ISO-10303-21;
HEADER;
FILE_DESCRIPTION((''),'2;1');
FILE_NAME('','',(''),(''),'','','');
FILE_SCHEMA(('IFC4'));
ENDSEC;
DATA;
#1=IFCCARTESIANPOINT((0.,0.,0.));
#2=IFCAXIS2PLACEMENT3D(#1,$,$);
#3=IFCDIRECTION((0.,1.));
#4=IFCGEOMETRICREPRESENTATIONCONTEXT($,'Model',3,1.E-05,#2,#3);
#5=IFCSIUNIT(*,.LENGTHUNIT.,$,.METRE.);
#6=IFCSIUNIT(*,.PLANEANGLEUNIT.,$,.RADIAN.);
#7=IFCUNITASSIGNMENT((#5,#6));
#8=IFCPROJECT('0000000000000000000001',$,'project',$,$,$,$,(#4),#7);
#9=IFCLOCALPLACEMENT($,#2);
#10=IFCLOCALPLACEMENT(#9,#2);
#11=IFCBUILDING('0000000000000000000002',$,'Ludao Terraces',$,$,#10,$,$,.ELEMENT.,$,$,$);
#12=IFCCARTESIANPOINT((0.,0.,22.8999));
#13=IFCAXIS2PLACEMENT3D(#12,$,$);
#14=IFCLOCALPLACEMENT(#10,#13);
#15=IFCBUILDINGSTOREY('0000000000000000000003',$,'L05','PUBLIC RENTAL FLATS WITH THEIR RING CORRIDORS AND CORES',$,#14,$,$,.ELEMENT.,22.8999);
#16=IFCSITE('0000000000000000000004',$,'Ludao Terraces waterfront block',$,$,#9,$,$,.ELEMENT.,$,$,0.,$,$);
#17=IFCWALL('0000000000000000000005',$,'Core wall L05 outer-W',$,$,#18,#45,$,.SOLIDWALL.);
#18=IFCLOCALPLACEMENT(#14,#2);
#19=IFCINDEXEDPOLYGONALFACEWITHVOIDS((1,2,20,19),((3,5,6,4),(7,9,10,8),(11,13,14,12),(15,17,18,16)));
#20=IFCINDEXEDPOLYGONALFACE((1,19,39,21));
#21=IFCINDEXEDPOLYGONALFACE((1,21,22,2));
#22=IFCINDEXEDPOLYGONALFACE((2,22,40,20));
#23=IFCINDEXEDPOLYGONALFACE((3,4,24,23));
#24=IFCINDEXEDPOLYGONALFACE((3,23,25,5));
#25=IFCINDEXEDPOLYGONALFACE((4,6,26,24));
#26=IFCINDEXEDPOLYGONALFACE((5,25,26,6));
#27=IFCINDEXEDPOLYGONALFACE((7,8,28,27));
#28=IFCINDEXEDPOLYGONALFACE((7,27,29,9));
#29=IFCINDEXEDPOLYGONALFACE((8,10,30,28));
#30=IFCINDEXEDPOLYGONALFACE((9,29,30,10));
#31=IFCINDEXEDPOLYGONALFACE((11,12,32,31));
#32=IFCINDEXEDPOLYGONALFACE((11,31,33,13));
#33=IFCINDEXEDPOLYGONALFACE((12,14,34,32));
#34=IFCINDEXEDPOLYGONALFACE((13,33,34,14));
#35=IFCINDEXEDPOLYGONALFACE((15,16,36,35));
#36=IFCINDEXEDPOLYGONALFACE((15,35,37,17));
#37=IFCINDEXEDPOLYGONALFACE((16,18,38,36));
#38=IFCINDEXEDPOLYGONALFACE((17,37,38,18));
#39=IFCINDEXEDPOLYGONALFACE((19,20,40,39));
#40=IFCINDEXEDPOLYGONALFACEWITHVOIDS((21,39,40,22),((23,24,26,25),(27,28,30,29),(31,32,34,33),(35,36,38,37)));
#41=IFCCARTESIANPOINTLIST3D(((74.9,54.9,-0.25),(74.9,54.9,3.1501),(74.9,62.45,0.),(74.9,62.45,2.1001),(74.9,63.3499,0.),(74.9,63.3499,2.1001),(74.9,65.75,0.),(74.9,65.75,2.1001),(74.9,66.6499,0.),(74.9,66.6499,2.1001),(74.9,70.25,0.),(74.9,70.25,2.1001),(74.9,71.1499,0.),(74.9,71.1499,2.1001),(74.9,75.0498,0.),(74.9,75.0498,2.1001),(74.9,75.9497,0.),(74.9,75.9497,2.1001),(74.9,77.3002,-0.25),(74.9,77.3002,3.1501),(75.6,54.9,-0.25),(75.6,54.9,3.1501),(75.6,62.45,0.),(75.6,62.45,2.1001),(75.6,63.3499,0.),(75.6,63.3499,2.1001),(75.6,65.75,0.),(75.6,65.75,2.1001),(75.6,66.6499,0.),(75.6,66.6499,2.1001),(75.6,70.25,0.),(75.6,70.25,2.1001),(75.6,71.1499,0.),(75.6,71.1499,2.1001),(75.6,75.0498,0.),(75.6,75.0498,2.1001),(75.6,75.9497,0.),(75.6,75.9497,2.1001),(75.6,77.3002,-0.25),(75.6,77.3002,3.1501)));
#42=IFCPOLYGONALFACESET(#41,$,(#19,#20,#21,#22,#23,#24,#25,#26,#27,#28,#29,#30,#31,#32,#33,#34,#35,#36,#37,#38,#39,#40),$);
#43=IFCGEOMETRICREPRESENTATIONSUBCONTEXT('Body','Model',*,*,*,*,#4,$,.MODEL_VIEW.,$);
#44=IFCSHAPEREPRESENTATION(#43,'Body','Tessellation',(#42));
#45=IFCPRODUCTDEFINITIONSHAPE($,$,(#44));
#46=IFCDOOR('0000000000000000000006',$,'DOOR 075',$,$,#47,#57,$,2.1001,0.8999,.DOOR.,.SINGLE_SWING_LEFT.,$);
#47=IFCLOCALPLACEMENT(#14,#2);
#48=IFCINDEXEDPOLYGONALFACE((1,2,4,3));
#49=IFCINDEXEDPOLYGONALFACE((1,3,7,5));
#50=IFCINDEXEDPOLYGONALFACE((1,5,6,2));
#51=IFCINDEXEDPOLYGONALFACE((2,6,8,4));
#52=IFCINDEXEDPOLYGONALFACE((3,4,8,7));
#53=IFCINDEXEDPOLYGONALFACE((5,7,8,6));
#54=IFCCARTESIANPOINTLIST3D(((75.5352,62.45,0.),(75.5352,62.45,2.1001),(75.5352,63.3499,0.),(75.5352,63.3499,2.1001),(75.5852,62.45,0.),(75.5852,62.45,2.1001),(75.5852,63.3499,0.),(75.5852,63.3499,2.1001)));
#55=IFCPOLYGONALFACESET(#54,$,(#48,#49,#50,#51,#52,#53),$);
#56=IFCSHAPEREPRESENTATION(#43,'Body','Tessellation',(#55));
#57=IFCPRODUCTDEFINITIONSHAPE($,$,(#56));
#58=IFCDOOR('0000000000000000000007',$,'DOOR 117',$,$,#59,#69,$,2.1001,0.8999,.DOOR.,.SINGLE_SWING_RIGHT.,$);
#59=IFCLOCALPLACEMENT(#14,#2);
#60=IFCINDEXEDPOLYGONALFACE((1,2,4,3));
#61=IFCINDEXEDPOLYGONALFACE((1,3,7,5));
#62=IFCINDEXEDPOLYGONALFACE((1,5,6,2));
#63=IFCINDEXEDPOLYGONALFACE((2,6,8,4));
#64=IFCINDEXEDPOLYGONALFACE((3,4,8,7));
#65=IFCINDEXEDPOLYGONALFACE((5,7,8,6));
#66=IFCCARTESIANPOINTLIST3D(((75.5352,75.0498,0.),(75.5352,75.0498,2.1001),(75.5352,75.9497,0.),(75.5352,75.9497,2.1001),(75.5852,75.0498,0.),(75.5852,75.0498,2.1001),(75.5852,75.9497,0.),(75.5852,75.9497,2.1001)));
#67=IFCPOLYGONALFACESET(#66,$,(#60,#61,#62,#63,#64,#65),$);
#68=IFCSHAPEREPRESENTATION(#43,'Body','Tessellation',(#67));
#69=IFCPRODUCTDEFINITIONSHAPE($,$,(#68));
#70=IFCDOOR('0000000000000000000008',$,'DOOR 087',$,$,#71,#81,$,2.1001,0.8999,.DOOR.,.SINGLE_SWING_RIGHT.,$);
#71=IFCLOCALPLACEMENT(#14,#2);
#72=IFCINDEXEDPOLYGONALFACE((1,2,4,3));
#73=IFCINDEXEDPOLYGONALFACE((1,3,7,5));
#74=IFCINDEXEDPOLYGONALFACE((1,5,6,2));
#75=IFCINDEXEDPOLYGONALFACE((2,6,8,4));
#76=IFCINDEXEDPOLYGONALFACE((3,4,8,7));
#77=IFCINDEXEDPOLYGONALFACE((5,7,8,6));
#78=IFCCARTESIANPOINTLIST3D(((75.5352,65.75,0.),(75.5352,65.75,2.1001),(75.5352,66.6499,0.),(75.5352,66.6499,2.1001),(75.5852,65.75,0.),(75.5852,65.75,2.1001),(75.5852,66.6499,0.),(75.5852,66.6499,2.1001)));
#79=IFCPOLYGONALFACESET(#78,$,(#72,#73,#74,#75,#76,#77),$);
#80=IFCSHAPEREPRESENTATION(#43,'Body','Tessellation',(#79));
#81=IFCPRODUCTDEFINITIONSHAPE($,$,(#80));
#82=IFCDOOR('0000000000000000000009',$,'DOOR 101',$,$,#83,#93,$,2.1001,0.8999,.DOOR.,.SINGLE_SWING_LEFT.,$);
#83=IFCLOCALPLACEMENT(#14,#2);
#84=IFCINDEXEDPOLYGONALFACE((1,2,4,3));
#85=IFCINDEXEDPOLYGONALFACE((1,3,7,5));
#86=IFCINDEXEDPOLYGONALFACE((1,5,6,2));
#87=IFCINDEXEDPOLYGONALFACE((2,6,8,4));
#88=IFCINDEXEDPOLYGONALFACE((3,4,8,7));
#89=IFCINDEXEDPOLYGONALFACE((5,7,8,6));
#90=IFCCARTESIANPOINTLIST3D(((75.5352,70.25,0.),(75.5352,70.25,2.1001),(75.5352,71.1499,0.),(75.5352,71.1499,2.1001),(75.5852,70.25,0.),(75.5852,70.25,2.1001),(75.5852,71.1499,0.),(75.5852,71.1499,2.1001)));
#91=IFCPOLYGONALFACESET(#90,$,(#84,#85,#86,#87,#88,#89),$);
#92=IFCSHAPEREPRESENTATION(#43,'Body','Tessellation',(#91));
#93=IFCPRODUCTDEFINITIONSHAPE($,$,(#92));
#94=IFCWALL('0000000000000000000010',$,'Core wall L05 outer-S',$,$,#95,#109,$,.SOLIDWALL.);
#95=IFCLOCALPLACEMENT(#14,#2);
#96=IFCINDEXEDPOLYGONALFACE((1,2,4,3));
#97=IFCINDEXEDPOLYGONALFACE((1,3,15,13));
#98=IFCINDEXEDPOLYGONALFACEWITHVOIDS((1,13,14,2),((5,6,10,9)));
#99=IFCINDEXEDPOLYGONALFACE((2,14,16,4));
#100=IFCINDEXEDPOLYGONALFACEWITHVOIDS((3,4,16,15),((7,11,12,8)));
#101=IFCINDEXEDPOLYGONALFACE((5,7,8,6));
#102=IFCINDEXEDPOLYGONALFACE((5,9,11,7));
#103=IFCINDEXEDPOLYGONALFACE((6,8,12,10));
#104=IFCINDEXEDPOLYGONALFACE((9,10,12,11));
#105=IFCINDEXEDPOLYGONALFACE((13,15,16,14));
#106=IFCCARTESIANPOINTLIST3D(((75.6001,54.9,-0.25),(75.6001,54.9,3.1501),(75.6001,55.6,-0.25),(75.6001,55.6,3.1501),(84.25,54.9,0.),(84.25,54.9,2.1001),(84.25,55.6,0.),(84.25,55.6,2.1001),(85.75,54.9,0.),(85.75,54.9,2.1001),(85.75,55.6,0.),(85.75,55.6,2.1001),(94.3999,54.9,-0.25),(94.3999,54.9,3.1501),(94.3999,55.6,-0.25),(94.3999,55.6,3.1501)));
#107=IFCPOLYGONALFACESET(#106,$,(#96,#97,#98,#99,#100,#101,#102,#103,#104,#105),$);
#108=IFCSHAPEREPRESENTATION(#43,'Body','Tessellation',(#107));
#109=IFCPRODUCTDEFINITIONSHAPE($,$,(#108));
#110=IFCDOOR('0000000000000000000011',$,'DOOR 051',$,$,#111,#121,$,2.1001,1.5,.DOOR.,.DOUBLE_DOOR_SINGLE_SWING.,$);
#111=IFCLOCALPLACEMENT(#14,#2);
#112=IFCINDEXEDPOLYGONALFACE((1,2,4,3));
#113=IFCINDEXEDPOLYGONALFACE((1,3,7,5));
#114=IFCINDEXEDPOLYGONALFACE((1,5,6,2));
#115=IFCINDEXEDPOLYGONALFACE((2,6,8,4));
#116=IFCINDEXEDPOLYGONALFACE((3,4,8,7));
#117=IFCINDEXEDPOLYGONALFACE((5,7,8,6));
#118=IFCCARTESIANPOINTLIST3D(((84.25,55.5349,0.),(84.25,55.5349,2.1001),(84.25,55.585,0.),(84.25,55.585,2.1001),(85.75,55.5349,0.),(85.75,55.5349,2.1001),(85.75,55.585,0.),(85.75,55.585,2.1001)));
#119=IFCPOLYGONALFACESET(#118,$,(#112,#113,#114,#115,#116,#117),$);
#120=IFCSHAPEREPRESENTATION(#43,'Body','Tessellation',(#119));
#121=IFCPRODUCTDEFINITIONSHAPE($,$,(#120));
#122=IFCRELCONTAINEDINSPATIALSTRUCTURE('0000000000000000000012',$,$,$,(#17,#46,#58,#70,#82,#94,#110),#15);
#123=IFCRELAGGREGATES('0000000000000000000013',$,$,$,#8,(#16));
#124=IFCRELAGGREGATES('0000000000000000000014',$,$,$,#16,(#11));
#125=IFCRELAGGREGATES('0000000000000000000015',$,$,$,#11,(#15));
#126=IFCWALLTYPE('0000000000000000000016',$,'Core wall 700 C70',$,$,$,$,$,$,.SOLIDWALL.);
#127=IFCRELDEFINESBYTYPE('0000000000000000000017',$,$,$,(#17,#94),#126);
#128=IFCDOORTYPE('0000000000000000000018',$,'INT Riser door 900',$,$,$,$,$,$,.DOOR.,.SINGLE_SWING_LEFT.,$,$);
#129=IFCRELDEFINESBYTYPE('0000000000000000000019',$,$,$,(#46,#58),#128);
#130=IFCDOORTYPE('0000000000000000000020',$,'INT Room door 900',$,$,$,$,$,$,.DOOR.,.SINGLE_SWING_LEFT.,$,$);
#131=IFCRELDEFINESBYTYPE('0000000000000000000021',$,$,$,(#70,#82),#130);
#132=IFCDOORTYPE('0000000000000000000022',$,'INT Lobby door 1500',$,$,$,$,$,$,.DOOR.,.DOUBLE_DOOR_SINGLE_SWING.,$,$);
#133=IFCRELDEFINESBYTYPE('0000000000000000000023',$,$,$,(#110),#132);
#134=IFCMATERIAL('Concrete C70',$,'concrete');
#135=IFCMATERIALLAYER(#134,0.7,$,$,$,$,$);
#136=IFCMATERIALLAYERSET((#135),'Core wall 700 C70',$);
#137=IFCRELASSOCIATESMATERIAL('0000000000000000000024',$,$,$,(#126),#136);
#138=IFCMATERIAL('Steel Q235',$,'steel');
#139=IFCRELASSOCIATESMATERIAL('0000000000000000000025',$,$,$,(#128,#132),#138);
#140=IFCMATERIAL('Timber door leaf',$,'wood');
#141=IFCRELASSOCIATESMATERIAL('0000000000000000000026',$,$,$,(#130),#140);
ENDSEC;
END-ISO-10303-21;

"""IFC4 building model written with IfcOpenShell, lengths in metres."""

from ifc_helpers import new_model, si_unit, direction, frame, frame_2d, origin, place, context, subcontext, project, spatial, rectangle, extrude, material, layer, layer_set, type_object, element, fill, save


model = new_model("IFC4")

# Units and contexts
model_context = context("Model", 3, precision=1e-05, world=origin(), true_north=direction((0.0, 1.0)))
body_context = subcontext(model_context, "Body", "Model", "MODEL_VIEW")
ifc_project = project(units=[si_unit("LENGTHUNIT", "METRE"), si_unit("PLANEANGLEUNIT", "RADIAN")], contexts=[model_context])

# Site, building, storey
site_placement = place(None, origin())
site = spatial("IfcSite", under=ifc_project, at=site_placement, Name="Ludao Terraces waterfront block", CompositionType="ELEMENT", RefElevation=0.0)
building_placement = place(site_placement, origin())
building = spatial("IfcBuilding", under=site, at=building_placement, Name="Ludao Terraces", CompositionType="ELEMENT")
storey_placement = place(building_placement, frame((0.0, 0.0, 22.8999)))
storey = spatial("IfcBuildingStorey", under=building, at=storey_placement, Name="L05", Description="PUBLIC RENTAL FLATS WITH THEIR RING CORRIDORS AND CORES", CompositionType="ELEMENT", Elevation=22.8999)

# Wall, openings, doors
ifc_material_1 = material(Name="Concrete C70", Category="concrete")
ifc_layer_1 = layer(ifc_material_1, 0.7)
ifc_layer_set_1 = layer_set([ifc_layer_1], Name="Core wall 700 C70")
wall_type_1 = type_object("IfcWallType", Name="Core wall 700 C70", PredefinedType="SOLIDWALL", material=ifc_layer_set_1)
wall_1_placement = place(storey_placement, frame((75.25, 54.8999, -0.25), z_axis=(0.0, 0.0, 1.0), x_axis=(0.0, 1.0, 0.0)))
wall_1 = element("IfcWall", 1, at=wall_1_placement, inside=storey, type_object=wall_type_1, Name="Core wall L05 outer-W", PredefinedType="SOLIDWALL", context=body_context, shape_type="SweptSolid", body=[
    extrude(rectangle(XDim=22.4001, YDim=0.7, at=frame_2d((11.2002, 0.0))), origin(), (0.0, 0.0, 1.0), 3.4001),
])
opening_1_placement = place(wall_1_placement, frame((7.55, 0.0, 0.25)))
opening_1 = element("IfcOpeningElement", 2, at=opening_1_placement, cuts=wall_1, PredefinedType="OPENING", context=body_context, shape_type="SweptSolid", body=[
    extrude(rectangle(XDim=0.8999, YDim=2.1001, at=frame_2d((0.45, 1.05))), frame((0.0, 0.3599, 0.0), z_axis=(0.0, -1.0, 0.0), x_axis=(1.0, 0.0, 0.0)), (0.0, 0.0, 1.0), 0.72),
])
opening_2_placement = place(wall_1_placement, frame((10.8501, 0.0, 0.25)))
opening_2 = element("IfcOpeningElement", 3, at=opening_2_placement, cuts=wall_1, PredefinedType="OPENING", context=body_context, shape_type="SweptSolid", body=[
    extrude(rectangle(XDim=0.8999, YDim=2.1001, at=frame_2d((0.45, 1.05))), frame((0.0, 0.3599, 0.0), z_axis=(0.0, -1.0, 0.0), x_axis=(1.0, 0.0, 0.0)), (0.0, 0.0, 1.0), 0.72),
])
opening_3_placement = place(wall_1_placement, frame((15.3501, 0.0, 0.25)))
opening_3 = element("IfcOpeningElement", 4, at=opening_3_placement, cuts=wall_1, PredefinedType="OPENING", context=body_context, shape_type="SweptSolid", body=[
    extrude(rectangle(XDim=0.8999, YDim=2.1001, at=frame_2d((0.45, 1.05))), frame((0.0, 0.3599, 0.0), z_axis=(0.0, -1.0, 0.0), x_axis=(1.0, 0.0, 0.0)), (0.0, 0.0, 1.0), 0.72),
])
opening_4_placement = place(wall_1_placement, frame((20.1499, 0.0, 0.25)))
opening_4 = element("IfcOpeningElement", 5, at=opening_4_placement, cuts=wall_1, PredefinedType="OPENING", context=body_context, shape_type="SweptSolid", body=[
    extrude(rectangle(XDim=0.8999, YDim=2.1001, at=frame_2d((0.45, 1.05))), frame((0.0, 0.3599, 0.0), z_axis=(0.0, -1.0, 0.0), x_axis=(1.0, 0.0, 0.0)), (0.0, 0.0, 1.0), 0.72),
])
ifc_material_2 = material(Name="Steel Q235", Category="steel")
door_type_1 = type_object("IfcDoorType", Name="INT Riser door 900", OperationType="SINGLE_SWING_LEFT", PredefinedType="DOOR", material=ifc_material_2)
door_1_placement = place(opening_1_placement, origin())
door_1 = element("IfcDoor", 6, at=door_1_placement, inside=storey, type_object=door_type_1, Name="DOOR 075", OperationType="SINGLE_SWING_LEFT", OverallHeight=2.1001, OverallWidth=0.8999, PredefinedType="DOOR", context=body_context, shape_type="SweptSolid", body=[
    extrude(rectangle(XDim=0.8999, YDim=2.1001, at=frame_2d((0.45, 1.05))), frame((0.0, -0.2852, 0.0), z_axis=(0.0, -1.0, 0.0), x_axis=(1.0, 0.0, 0.0)), (0.0, 0.0, 1.0), 0.05),
])
fill(opening_1, door_1)
door_2_placement = place(opening_4_placement, origin())
door_2 = element("IfcDoor", 7, at=door_2_placement, inside=storey, type_object=door_type_1, Name="DOOR 117", OperationType="SINGLE_SWING_RIGHT", OverallHeight=2.1001, OverallWidth=0.8999, PredefinedType="DOOR", context=body_context, shape_type="SweptSolid", body=[
    extrude(rectangle(XDim=0.8999, YDim=2.1001, at=frame_2d((0.45, 1.05))), frame((0.0, -0.2852, 0.0), z_axis=(0.0, -1.0, 0.0), x_axis=(1.0, 0.0, 0.0)), (0.0, 0.0, 1.0), 0.05),
])
fill(opening_4, door_2)
ifc_material_3 = material(Name="Timber door leaf", Category="wood")
door_type_2 = type_object("IfcDoorType", Name="INT Room door 900", OperationType="SINGLE_SWING_LEFT", PredefinedType="DOOR", material=ifc_material_3)
door_3_placement = place(opening_2_placement, origin())
door_3 = element("IfcDoor", 8, at=door_3_placement, inside=storey, type_object=door_type_2, Name="DOOR 087", OperationType="SINGLE_SWING_RIGHT", OverallHeight=2.1001, OverallWidth=0.8999, PredefinedType="DOOR", context=body_context, shape_type="SweptSolid", body=[
    extrude(rectangle(XDim=0.8999, YDim=2.1001, at=frame_2d((0.45, 1.05))), frame((0.0, -0.2852, 0.0), z_axis=(0.0, -1.0, 0.0), x_axis=(1.0, 0.0, 0.0)), (0.0, 0.0, 1.0), 0.05),
])
fill(opening_2, door_3)
door_4_placement = place(opening_3_placement, origin())
door_4 = element("IfcDoor", 9, at=door_4_placement, inside=storey, type_object=door_type_2, Name="DOOR 101", OperationType="SINGLE_SWING_LEFT", OverallHeight=2.1001, OverallWidth=0.8999, PredefinedType="DOOR", context=body_context, shape_type="SweptSolid", body=[
    extrude(rectangle(XDim=0.8999, YDim=2.1001, at=frame_2d((0.45, 1.05))), frame((0.0, -0.2852, 0.0), z_axis=(0.0, -1.0, 0.0), x_axis=(1.0, 0.0, 0.0)), (0.0, 0.0, 1.0), 0.05),
])
fill(opening_3, door_4)

# Wall, opening, door
wall_2_placement = place(storey_placement, frame((75.6001, 55.25, -0.25), z_axis=(0.0, 0.0, 1.0), x_axis=(1.0, 0.0, 0.0)))
wall_2 = element("IfcWall", 10, at=wall_2_placement, inside=storey, type_object=wall_type_1, Name="Core wall L05 outer-S", PredefinedType="SOLIDWALL", context=body_context, shape_type="SweptSolid", body=[
    extrude(rectangle(XDim=18.7998, YDim=0.7, at=frame_2d((9.3999, 0.0))), origin(), (0.0, 0.0, 1.0), 3.4001),
])
opening_5_placement = place(wall_2_placement, frame((8.6499, 0.0, 0.25)))
opening_5 = element("IfcOpeningElement", 11, at=opening_5_placement, cuts=wall_2, PredefinedType="OPENING", context=body_context, shape_type="SweptSolid", body=[
    extrude(rectangle(XDim=1.5, YDim=2.1001, at=frame_2d((0.75, 1.05))), frame((0.0, 0.3599, 0.0), z_axis=(0.0, -1.0, 0.0), x_axis=(1.0, 0.0, 0.0)), (0.0, 0.0, 1.0), 0.72),
])
door_type_3 = type_object("IfcDoorType", Name="INT Lobby door 1500", OperationType="DOUBLE_DOOR_SINGLE_SWING", PredefinedType="DOOR", material=ifc_material_2)
door_5_placement = place(opening_5_placement, origin())
door_5 = element("IfcDoor", 12, at=door_5_placement, inside=storey, type_object=door_type_3, Name="DOOR 051", OperationType="DOUBLE_DOOR_SINGLE_SWING", OverallHeight=2.1001, OverallWidth=1.5, PredefinedType="DOOR", context=body_context, shape_type="SweptSolid", body=[
    extrude(rectangle(XDim=1.5, YDim=2.1001, at=frame_2d((0.75, 1.05))), frame((0.0, 0.335, 0.0), z_axis=(0.0, -1.0, 0.0), x_axis=(1.0, 0.0, 0.0)), (0.0, 0.0, 1.0), 0.05),
])
fill(opening_5, door_5)

save(model, "model.ifc")
